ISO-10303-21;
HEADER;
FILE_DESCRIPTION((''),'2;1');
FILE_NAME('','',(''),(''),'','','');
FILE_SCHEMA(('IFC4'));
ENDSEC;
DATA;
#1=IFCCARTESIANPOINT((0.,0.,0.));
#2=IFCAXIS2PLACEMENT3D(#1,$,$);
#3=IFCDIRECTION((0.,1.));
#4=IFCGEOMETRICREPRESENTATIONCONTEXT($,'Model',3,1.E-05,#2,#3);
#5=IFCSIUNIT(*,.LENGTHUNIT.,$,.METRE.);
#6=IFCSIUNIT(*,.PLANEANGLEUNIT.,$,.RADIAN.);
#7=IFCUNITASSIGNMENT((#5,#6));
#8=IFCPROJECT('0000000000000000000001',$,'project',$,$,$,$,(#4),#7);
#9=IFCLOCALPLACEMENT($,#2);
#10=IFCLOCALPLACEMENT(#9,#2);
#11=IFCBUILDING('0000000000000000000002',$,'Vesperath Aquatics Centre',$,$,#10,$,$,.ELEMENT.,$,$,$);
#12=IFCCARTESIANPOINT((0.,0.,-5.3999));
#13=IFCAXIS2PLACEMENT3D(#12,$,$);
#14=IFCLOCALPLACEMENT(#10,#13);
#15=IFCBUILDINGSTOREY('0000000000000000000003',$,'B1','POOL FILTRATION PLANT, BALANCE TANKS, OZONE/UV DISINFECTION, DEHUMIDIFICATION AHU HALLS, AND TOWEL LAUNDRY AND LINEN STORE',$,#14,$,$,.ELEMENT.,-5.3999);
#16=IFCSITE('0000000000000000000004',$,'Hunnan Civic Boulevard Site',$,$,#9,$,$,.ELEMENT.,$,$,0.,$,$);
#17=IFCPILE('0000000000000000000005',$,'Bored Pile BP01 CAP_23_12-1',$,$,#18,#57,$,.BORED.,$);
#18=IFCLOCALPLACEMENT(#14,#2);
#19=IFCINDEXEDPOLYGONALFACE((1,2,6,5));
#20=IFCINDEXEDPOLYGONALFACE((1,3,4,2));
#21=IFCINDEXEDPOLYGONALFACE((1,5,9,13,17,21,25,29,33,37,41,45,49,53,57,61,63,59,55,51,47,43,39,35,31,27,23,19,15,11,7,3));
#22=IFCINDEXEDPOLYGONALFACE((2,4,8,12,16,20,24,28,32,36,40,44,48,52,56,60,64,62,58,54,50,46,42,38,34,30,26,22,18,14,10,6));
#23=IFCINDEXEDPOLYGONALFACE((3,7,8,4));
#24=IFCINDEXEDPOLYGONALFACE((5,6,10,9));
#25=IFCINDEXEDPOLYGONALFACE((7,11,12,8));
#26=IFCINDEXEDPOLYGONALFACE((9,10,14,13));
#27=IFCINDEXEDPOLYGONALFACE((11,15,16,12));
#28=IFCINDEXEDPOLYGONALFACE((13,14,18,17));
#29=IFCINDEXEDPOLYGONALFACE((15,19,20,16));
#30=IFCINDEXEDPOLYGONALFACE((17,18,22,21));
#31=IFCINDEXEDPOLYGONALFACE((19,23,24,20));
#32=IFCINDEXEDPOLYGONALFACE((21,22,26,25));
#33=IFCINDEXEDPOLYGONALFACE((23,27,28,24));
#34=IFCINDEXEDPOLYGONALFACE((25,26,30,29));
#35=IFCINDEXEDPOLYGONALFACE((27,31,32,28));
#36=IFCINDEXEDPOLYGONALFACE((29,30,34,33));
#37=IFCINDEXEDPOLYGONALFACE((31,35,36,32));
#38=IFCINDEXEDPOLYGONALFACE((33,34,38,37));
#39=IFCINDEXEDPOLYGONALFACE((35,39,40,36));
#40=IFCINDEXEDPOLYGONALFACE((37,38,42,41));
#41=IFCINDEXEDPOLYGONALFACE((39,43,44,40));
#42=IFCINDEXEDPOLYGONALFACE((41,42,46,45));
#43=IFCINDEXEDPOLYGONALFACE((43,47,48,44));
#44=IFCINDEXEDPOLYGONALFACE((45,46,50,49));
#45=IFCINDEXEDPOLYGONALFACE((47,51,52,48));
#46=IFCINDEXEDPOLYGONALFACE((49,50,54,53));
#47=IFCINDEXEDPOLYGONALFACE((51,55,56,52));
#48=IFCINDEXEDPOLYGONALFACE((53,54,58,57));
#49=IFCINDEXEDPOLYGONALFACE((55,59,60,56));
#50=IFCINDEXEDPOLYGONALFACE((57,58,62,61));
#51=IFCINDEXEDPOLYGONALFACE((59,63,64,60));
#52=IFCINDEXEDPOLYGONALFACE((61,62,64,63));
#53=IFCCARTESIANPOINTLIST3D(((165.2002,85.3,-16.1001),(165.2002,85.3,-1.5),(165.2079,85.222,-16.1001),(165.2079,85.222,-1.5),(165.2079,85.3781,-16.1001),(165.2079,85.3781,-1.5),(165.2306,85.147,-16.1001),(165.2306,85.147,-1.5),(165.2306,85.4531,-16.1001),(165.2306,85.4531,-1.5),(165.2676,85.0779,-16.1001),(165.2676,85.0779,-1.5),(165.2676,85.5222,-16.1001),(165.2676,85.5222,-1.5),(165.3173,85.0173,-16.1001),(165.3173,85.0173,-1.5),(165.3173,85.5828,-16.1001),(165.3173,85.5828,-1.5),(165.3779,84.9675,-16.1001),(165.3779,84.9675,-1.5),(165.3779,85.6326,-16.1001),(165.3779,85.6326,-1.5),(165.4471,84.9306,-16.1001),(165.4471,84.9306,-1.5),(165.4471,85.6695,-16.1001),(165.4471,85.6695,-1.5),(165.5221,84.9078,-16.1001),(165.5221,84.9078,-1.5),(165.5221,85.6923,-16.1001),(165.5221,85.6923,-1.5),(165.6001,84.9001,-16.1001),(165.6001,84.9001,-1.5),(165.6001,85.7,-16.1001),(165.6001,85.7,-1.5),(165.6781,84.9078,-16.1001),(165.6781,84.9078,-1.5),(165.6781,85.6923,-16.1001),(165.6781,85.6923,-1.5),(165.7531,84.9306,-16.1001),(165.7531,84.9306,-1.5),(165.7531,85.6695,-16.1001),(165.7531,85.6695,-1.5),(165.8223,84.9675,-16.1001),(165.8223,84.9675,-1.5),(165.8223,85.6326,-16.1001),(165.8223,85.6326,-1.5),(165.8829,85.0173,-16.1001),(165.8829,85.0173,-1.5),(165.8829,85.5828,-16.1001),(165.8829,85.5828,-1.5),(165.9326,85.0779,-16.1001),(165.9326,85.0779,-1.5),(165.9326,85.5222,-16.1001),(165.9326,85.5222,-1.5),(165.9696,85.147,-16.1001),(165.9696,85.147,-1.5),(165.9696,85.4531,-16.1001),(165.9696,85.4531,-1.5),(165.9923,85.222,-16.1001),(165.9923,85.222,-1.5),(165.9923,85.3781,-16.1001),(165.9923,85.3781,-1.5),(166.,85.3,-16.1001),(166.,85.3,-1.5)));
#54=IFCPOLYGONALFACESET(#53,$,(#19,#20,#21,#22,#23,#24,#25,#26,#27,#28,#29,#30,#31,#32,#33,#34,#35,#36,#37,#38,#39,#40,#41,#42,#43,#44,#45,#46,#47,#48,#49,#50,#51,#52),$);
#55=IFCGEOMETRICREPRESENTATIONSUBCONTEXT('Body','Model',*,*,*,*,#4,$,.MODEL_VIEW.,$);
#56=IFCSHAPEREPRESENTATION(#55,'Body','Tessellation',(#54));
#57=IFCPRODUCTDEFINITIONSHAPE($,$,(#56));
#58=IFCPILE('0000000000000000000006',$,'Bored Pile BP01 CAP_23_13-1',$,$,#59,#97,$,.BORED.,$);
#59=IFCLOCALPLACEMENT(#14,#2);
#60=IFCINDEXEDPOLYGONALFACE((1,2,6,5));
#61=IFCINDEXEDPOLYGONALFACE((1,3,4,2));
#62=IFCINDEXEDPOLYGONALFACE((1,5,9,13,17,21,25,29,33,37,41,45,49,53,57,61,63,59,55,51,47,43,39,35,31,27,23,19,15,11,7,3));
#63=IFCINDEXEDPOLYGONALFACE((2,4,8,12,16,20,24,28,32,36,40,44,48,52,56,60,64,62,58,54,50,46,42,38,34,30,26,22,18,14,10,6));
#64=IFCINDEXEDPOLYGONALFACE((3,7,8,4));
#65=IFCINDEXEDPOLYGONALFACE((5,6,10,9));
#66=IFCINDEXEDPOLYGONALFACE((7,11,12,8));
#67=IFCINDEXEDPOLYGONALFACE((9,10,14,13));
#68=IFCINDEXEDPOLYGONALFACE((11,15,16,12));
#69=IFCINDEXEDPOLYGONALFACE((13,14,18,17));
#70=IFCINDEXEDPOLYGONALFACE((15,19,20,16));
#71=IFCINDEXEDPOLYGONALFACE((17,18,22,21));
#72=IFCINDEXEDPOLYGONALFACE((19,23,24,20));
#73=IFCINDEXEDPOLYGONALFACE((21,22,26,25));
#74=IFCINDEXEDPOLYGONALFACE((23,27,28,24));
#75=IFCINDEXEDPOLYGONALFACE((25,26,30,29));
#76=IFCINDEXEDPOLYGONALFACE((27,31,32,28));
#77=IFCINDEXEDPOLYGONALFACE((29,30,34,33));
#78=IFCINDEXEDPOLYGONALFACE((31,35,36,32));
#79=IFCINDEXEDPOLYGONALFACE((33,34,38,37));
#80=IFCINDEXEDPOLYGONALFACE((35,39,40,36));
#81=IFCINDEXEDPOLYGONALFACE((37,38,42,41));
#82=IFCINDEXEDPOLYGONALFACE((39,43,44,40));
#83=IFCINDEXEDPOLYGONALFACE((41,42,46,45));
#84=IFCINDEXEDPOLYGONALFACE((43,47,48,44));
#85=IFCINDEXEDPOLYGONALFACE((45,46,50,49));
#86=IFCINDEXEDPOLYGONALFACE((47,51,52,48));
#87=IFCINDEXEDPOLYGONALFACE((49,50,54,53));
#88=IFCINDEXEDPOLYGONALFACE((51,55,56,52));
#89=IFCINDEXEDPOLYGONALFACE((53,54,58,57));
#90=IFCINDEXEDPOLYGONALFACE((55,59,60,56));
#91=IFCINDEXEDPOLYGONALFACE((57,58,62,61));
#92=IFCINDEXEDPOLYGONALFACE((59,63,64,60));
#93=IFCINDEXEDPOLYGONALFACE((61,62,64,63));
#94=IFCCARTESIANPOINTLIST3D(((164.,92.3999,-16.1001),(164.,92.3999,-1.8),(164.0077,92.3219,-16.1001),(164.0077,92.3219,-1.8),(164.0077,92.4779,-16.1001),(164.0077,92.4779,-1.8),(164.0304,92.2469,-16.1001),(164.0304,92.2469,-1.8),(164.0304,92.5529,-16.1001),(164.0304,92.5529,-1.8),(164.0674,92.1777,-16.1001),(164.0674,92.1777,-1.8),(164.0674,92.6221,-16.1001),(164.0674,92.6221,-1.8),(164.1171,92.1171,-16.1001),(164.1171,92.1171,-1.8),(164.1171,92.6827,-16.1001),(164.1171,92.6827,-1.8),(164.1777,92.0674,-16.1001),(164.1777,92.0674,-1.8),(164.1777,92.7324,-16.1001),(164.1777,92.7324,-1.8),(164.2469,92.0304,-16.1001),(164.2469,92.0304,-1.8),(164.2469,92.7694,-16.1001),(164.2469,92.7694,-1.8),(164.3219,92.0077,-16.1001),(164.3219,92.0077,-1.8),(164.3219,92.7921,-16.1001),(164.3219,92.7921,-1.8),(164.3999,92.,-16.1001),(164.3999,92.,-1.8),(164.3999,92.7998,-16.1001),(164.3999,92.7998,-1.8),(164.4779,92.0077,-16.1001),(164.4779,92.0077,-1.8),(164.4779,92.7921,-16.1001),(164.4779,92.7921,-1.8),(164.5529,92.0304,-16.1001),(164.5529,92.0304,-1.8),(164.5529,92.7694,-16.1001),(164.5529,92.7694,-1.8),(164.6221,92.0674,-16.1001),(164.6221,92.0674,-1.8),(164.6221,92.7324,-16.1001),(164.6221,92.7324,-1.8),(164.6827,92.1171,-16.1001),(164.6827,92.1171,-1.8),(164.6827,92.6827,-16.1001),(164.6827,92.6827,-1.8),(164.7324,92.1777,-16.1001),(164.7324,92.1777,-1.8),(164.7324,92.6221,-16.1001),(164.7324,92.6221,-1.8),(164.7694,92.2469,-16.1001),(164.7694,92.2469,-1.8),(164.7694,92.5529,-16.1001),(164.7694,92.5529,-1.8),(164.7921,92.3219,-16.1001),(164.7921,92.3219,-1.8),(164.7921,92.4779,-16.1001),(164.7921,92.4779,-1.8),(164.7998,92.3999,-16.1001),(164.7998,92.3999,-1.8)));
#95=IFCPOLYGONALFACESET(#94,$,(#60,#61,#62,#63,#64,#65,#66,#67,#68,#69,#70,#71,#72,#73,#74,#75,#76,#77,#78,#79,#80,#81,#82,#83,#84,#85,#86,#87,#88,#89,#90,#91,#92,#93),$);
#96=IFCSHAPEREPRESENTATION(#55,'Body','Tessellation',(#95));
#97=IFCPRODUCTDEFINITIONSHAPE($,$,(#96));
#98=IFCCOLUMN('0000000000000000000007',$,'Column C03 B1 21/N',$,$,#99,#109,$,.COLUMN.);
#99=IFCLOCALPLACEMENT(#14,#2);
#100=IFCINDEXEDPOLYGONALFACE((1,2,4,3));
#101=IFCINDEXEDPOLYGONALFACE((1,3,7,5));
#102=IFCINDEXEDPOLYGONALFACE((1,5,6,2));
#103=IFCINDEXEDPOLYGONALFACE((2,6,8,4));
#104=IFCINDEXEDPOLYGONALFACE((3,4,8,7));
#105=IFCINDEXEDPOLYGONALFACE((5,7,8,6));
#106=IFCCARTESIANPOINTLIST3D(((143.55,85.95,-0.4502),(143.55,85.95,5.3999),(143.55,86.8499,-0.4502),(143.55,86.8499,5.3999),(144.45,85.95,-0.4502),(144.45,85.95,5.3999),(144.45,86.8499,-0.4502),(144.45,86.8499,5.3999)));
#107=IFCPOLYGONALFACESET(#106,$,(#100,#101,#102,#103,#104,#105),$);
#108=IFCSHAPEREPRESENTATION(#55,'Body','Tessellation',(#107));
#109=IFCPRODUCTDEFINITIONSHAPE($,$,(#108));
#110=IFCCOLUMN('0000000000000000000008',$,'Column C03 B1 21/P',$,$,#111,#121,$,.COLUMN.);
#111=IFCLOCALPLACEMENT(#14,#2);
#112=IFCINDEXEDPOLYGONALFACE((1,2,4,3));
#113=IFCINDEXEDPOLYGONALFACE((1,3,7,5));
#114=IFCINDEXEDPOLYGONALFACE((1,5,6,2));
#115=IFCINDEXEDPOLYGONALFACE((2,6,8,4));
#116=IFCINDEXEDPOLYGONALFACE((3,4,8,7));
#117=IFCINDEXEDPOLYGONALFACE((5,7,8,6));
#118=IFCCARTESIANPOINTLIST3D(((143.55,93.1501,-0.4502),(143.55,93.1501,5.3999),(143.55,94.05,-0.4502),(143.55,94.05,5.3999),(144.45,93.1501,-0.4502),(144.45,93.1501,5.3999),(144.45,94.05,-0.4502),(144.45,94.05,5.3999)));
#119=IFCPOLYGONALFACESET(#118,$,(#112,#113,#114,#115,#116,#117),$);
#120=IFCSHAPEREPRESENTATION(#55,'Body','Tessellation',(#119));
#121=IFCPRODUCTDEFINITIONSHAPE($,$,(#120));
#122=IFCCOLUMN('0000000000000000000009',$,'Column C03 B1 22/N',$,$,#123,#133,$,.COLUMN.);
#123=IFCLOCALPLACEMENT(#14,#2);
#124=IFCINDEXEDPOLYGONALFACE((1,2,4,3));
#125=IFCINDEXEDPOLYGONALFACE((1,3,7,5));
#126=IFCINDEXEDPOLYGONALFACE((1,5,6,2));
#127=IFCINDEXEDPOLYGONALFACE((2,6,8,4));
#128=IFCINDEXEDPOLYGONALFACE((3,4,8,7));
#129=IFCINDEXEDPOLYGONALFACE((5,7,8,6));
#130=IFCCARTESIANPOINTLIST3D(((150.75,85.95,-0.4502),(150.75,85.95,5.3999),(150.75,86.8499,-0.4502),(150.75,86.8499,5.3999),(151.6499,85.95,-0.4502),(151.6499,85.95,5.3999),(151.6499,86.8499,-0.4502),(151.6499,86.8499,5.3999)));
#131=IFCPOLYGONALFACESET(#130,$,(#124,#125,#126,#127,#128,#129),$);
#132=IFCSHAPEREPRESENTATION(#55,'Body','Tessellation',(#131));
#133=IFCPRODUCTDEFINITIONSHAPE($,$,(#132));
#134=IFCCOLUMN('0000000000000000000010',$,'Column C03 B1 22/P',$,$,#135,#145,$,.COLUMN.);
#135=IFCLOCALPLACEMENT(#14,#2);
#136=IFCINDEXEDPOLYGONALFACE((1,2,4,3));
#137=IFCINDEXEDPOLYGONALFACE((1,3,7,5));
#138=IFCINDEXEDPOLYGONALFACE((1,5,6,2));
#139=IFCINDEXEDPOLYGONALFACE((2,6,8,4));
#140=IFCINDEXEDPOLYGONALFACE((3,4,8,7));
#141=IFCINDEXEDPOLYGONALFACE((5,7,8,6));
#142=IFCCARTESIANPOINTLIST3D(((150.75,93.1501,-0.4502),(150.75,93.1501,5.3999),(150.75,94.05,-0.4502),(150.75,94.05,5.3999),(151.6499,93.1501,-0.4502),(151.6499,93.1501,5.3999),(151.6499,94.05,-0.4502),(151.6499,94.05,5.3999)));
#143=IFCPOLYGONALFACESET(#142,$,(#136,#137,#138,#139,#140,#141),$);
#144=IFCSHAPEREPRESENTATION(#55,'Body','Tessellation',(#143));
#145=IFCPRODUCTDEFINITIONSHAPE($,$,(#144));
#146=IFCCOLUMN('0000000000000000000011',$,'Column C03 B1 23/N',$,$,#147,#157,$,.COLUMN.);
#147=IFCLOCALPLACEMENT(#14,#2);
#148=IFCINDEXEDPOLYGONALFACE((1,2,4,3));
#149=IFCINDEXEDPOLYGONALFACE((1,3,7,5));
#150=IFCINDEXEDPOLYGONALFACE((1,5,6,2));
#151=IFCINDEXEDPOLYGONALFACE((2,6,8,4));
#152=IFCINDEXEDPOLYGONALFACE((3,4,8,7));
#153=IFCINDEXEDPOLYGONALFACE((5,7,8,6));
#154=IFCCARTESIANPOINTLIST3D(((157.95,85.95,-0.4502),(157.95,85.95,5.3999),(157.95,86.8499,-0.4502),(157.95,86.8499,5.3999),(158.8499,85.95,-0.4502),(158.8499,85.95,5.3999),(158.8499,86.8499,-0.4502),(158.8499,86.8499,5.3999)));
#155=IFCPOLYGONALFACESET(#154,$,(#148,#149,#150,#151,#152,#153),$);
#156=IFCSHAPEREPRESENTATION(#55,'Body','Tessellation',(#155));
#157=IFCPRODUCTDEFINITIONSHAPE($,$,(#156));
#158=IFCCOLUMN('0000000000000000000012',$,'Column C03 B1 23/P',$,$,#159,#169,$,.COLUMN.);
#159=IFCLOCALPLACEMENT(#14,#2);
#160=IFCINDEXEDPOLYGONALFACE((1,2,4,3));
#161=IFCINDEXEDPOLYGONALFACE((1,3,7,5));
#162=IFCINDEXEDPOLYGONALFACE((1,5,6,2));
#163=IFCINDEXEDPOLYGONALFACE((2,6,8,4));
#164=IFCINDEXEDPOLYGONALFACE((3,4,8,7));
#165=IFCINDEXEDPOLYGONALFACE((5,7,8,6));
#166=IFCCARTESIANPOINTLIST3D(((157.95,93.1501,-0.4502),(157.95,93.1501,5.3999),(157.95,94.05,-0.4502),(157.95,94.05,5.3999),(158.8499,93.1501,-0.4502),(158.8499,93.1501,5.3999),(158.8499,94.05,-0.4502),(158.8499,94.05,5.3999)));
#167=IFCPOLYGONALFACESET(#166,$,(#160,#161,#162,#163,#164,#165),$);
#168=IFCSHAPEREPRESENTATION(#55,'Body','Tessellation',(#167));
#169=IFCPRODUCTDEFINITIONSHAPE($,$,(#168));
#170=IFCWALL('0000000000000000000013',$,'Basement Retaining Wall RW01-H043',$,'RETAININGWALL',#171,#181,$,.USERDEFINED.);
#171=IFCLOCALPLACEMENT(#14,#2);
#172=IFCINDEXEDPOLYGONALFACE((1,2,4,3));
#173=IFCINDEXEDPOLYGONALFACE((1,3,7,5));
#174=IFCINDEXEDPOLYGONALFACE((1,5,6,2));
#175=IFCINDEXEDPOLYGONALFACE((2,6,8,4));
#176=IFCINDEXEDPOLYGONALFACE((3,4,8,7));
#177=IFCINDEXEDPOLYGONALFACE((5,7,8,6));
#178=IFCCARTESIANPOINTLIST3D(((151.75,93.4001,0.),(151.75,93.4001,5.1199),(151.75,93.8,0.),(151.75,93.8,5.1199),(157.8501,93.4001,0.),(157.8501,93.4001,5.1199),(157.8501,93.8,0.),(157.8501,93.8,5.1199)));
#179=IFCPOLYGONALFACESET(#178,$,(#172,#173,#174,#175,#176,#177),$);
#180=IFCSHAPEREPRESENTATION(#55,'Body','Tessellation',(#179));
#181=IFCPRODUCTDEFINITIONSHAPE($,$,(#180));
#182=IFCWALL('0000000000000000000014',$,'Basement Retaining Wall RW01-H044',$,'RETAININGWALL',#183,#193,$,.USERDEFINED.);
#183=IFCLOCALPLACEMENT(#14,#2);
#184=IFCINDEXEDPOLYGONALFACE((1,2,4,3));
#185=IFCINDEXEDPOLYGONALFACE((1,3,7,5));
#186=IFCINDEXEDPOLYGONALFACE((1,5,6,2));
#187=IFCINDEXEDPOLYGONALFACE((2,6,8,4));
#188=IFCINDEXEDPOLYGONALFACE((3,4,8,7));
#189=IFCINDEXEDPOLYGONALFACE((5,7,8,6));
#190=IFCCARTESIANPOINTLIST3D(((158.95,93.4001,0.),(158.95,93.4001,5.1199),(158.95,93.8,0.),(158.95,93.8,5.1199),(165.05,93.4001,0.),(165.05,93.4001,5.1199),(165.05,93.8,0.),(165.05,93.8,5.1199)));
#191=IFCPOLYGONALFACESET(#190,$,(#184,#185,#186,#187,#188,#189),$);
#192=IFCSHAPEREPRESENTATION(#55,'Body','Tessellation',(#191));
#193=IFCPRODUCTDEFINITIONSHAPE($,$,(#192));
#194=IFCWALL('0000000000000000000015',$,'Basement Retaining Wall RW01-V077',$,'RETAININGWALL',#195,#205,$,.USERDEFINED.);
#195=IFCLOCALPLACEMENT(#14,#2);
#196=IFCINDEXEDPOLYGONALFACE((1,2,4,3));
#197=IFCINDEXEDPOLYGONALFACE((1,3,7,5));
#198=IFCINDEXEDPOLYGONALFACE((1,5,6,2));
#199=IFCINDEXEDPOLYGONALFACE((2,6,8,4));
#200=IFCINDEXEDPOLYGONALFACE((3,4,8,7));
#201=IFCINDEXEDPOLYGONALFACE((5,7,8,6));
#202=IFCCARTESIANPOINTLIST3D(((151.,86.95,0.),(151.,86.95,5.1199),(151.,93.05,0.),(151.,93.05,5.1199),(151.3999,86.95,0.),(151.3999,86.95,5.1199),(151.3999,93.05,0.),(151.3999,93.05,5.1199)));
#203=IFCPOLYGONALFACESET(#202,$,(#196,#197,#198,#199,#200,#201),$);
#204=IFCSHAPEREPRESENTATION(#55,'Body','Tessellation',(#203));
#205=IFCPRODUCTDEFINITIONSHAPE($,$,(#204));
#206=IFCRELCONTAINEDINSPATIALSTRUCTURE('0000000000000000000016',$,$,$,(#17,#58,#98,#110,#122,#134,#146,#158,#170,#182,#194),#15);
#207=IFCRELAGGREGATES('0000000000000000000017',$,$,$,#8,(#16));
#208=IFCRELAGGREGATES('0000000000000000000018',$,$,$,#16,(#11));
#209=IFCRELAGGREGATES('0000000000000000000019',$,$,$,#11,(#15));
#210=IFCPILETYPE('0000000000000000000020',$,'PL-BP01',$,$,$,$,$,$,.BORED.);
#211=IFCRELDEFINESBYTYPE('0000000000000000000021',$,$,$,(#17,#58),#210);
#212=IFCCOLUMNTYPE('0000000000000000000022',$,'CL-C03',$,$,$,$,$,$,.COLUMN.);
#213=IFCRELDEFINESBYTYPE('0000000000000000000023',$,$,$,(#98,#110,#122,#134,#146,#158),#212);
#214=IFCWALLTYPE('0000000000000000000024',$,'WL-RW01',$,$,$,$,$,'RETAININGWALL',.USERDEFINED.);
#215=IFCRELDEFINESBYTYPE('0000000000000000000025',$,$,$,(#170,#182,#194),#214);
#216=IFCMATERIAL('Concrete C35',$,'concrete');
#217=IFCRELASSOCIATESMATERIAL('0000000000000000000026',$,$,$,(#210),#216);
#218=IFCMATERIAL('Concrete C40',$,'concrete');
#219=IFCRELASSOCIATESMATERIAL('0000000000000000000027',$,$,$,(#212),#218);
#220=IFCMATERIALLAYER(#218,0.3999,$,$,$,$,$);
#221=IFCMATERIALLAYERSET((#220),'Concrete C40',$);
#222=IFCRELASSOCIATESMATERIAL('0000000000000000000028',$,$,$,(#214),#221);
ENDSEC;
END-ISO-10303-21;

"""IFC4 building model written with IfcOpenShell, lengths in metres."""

from ifc_helpers import new_model, si_unit, direction, frame, frame_2d, origin, origin_2d, place, context, subcontext, project, spatial, rectangle, circle, extrude, material, layer, layer_set, material_profile, profile_set, type_object, element, save


model = new_model("IFC4")

# Units and contexts
model_context = context("Model", 3, precision=1e-05, world=origin(), true_north=direction((0.0, 1.0)))
body_context = subcontext(model_context, "Body", "Model", "MODEL_VIEW")
ifc_project = project(units=[si_unit("LENGTHUNIT", "METRE"), si_unit("PLANEANGLEUNIT", "RADIAN")], contexts=[model_context])

# Site, building, storey
site_placement = place(None, origin())
site = spatial("IfcSite", under=ifc_project, at=site_placement, Name="Hunnan Civic Boulevard Site", CompositionType="ELEMENT", RefElevation=0.0)
building_placement = place(site_placement, origin())
building = spatial("IfcBuilding", under=site, at=building_placement, Name="Vesperath Aquatics Centre", CompositionType="ELEMENT")
storey_placement = place(building_placement, frame((0.0, 0.0, -5.3999)))
storey = spatial("IfcBuildingStorey", under=building, at=storey_placement, Name="B1", Description="POOL FILTRATION PLANT, BALANCE TANKS, OZONE/UV DISINFECTION, DEHUMIDIFICATION AHU HALLS, AND TOWEL LAUNDRY AND LINEN STORE", CompositionType="ELEMENT", Elevation=-5.3999)

# Shared definitions
ifc_material_1 = material(Name="Concrete C40", Category="concrete")

# Piles
ifc_material_2 = material(Name="Concrete C35", Category="concrete")
ifc_material_profile_1 = material_profile(ifc_material_2, circle(Radius=0.3999, at=origin_2d()), Name="PILE D800")
ifc_profile_set_1 = profile_set([ifc_material_profile_1], Name="Concrete C35")
pile_type = type_object("IfcPileType", Name="PL-BP01", PredefinedType="BORED", material=ifc_profile_set_1)
for number, where, z_axis, x_axis, name in (
    (1, (165.6001, 85.3, -1.5), (0.0, 0.0, -1.0), (1.0, 0.0, 0.0), "Bored Pile BP01 CAP_23_12-1"),
):
    element("IfcPile", number, at=place(storey_placement, frame(where, z_axis=z_axis, x_axis=x_axis)), inside=storey, type_object=pile_type, Name=name, PredefinedType="BORED", context=body_context, shape_type="SweptSolid", body=[
        extrude(circle(Radius=0.3999, at=origin_2d()), origin(), (0.0, 0.0, 1.0), 14.6001),
    ])
pile_1_placement = place(storey_placement, frame((164.3999, 92.3999, -1.8), z_axis=(0.0, 0.0, -1.0), x_axis=(1.0, 0.0, 0.0)))
element("IfcPile", 2, at=pile_1_placement, inside=storey, type_object=pile_type, Name="Bored Pile BP01 CAP_23_13-1", PredefinedType="BORED", context=body_context, shape_type="SweptSolid", body=[
    extrude(circle(Radius=0.3999, at=origin_2d()), origin(), (0.0, 0.0, 1.0), 14.3),
])

# Columns
ifc_material_profile_2 = material_profile(ifc_material_1, rectangle(XDim=0.8999, YDim=0.8999, at=origin_2d()), Name="RC 900x900")
ifc_profile_set_2 = profile_set([ifc_material_profile_2], Name="Concrete C40")
column_type = type_object("IfcColumnType", Name="CL-C03", PredefinedType="COLUMN", material=ifc_profile_set_2)
for number, where, z_axis, x_axis, name in (
    (3, (144.0, 86.3999, -0.4502), (0.0, 0.0, 1.0), (1.0, 0.0, 0.0), "Column C03 B1 21/N"),
    (4, (144.0, 93.6001, -0.4502), (0.0, 0.0, 1.0), (1.0, 0.0, 0.0), "Column C03 B1 21/P"),
    (5, (151.2, 86.3999, -0.4502), (0.0, 0.0, 1.0), (1.0, 0.0, 0.0), "Column C03 B1 22/N"),
    (6, (151.2, 93.6001, -0.4502), (0.0, 0.0, 1.0), (1.0, 0.0, 0.0), "Column C03 B1 22/P"),
    (7, (158.3999, 86.3999, -0.4502), (0.0, 0.0, 1.0), (1.0, 0.0, 0.0), "Column C03 B1 23/N"),
    (8, (158.3999, 93.6001, -0.4502), (0.0, 0.0, 1.0), (1.0, 0.0, 0.0), "Column C03 B1 23/P"),
):
    element("IfcColumn", number, at=place(storey_placement, frame(where, z_axis=z_axis, x_axis=x_axis)), inside=storey, type_object=column_type, Name=name, PredefinedType="COLUMN", context=body_context, shape_type="SweptSolid", body=[
        extrude(rectangle(XDim=0.8999, YDim=0.8999, at=origin_2d()), origin(), (0.0, 0.0, 1.0), 5.8501),
    ])

# Walls
ifc_layer = layer(ifc_material_1, 0.3999)
ifc_layer_set = layer_set([ifc_layer], Name="Concrete C40")
wall_type = type_object("IfcWallType", Name="WL-RW01", ElementType="RETAININGWALL", PredefinedType="USERDEFINED", material=ifc_layer_set)
for number, where, z_axis, x_axis, name in (
    (9, (151.75, 93.6001, 0.0), (0.0, 0.0, 1.0), (1.0, 0.0, 0.0), "Basement Retaining Wall RW01-H043"),
    (10, (158.95, 93.6001, 0.0), (0.0, 0.0, 1.0), (1.0, 0.0, 0.0), "Basement Retaining Wall RW01-H044"),
    (11, (151.2, 86.95, 0.0), (0.0, 0.0, 1.0), (0.0, 1.0, 0.0), "Basement Retaining Wall RW01-V077"),
):
    element("IfcWall", number, at=place(storey_placement, frame(where, z_axis=z_axis, x_axis=x_axis)), inside=storey, type_object=wall_type, Name=name, ObjectType="RETAININGWALL", PredefinedType="USERDEFINED", context=body_context, shape_type="SweptSolid", body=[
        extrude(rectangle(XDim=6.1001, YDim=0.3999, at=frame_2d((3.05, 0.0))), origin(), (0.0, 0.0, 1.0), 5.1199),
    ])

save(model, "model.ifc")
